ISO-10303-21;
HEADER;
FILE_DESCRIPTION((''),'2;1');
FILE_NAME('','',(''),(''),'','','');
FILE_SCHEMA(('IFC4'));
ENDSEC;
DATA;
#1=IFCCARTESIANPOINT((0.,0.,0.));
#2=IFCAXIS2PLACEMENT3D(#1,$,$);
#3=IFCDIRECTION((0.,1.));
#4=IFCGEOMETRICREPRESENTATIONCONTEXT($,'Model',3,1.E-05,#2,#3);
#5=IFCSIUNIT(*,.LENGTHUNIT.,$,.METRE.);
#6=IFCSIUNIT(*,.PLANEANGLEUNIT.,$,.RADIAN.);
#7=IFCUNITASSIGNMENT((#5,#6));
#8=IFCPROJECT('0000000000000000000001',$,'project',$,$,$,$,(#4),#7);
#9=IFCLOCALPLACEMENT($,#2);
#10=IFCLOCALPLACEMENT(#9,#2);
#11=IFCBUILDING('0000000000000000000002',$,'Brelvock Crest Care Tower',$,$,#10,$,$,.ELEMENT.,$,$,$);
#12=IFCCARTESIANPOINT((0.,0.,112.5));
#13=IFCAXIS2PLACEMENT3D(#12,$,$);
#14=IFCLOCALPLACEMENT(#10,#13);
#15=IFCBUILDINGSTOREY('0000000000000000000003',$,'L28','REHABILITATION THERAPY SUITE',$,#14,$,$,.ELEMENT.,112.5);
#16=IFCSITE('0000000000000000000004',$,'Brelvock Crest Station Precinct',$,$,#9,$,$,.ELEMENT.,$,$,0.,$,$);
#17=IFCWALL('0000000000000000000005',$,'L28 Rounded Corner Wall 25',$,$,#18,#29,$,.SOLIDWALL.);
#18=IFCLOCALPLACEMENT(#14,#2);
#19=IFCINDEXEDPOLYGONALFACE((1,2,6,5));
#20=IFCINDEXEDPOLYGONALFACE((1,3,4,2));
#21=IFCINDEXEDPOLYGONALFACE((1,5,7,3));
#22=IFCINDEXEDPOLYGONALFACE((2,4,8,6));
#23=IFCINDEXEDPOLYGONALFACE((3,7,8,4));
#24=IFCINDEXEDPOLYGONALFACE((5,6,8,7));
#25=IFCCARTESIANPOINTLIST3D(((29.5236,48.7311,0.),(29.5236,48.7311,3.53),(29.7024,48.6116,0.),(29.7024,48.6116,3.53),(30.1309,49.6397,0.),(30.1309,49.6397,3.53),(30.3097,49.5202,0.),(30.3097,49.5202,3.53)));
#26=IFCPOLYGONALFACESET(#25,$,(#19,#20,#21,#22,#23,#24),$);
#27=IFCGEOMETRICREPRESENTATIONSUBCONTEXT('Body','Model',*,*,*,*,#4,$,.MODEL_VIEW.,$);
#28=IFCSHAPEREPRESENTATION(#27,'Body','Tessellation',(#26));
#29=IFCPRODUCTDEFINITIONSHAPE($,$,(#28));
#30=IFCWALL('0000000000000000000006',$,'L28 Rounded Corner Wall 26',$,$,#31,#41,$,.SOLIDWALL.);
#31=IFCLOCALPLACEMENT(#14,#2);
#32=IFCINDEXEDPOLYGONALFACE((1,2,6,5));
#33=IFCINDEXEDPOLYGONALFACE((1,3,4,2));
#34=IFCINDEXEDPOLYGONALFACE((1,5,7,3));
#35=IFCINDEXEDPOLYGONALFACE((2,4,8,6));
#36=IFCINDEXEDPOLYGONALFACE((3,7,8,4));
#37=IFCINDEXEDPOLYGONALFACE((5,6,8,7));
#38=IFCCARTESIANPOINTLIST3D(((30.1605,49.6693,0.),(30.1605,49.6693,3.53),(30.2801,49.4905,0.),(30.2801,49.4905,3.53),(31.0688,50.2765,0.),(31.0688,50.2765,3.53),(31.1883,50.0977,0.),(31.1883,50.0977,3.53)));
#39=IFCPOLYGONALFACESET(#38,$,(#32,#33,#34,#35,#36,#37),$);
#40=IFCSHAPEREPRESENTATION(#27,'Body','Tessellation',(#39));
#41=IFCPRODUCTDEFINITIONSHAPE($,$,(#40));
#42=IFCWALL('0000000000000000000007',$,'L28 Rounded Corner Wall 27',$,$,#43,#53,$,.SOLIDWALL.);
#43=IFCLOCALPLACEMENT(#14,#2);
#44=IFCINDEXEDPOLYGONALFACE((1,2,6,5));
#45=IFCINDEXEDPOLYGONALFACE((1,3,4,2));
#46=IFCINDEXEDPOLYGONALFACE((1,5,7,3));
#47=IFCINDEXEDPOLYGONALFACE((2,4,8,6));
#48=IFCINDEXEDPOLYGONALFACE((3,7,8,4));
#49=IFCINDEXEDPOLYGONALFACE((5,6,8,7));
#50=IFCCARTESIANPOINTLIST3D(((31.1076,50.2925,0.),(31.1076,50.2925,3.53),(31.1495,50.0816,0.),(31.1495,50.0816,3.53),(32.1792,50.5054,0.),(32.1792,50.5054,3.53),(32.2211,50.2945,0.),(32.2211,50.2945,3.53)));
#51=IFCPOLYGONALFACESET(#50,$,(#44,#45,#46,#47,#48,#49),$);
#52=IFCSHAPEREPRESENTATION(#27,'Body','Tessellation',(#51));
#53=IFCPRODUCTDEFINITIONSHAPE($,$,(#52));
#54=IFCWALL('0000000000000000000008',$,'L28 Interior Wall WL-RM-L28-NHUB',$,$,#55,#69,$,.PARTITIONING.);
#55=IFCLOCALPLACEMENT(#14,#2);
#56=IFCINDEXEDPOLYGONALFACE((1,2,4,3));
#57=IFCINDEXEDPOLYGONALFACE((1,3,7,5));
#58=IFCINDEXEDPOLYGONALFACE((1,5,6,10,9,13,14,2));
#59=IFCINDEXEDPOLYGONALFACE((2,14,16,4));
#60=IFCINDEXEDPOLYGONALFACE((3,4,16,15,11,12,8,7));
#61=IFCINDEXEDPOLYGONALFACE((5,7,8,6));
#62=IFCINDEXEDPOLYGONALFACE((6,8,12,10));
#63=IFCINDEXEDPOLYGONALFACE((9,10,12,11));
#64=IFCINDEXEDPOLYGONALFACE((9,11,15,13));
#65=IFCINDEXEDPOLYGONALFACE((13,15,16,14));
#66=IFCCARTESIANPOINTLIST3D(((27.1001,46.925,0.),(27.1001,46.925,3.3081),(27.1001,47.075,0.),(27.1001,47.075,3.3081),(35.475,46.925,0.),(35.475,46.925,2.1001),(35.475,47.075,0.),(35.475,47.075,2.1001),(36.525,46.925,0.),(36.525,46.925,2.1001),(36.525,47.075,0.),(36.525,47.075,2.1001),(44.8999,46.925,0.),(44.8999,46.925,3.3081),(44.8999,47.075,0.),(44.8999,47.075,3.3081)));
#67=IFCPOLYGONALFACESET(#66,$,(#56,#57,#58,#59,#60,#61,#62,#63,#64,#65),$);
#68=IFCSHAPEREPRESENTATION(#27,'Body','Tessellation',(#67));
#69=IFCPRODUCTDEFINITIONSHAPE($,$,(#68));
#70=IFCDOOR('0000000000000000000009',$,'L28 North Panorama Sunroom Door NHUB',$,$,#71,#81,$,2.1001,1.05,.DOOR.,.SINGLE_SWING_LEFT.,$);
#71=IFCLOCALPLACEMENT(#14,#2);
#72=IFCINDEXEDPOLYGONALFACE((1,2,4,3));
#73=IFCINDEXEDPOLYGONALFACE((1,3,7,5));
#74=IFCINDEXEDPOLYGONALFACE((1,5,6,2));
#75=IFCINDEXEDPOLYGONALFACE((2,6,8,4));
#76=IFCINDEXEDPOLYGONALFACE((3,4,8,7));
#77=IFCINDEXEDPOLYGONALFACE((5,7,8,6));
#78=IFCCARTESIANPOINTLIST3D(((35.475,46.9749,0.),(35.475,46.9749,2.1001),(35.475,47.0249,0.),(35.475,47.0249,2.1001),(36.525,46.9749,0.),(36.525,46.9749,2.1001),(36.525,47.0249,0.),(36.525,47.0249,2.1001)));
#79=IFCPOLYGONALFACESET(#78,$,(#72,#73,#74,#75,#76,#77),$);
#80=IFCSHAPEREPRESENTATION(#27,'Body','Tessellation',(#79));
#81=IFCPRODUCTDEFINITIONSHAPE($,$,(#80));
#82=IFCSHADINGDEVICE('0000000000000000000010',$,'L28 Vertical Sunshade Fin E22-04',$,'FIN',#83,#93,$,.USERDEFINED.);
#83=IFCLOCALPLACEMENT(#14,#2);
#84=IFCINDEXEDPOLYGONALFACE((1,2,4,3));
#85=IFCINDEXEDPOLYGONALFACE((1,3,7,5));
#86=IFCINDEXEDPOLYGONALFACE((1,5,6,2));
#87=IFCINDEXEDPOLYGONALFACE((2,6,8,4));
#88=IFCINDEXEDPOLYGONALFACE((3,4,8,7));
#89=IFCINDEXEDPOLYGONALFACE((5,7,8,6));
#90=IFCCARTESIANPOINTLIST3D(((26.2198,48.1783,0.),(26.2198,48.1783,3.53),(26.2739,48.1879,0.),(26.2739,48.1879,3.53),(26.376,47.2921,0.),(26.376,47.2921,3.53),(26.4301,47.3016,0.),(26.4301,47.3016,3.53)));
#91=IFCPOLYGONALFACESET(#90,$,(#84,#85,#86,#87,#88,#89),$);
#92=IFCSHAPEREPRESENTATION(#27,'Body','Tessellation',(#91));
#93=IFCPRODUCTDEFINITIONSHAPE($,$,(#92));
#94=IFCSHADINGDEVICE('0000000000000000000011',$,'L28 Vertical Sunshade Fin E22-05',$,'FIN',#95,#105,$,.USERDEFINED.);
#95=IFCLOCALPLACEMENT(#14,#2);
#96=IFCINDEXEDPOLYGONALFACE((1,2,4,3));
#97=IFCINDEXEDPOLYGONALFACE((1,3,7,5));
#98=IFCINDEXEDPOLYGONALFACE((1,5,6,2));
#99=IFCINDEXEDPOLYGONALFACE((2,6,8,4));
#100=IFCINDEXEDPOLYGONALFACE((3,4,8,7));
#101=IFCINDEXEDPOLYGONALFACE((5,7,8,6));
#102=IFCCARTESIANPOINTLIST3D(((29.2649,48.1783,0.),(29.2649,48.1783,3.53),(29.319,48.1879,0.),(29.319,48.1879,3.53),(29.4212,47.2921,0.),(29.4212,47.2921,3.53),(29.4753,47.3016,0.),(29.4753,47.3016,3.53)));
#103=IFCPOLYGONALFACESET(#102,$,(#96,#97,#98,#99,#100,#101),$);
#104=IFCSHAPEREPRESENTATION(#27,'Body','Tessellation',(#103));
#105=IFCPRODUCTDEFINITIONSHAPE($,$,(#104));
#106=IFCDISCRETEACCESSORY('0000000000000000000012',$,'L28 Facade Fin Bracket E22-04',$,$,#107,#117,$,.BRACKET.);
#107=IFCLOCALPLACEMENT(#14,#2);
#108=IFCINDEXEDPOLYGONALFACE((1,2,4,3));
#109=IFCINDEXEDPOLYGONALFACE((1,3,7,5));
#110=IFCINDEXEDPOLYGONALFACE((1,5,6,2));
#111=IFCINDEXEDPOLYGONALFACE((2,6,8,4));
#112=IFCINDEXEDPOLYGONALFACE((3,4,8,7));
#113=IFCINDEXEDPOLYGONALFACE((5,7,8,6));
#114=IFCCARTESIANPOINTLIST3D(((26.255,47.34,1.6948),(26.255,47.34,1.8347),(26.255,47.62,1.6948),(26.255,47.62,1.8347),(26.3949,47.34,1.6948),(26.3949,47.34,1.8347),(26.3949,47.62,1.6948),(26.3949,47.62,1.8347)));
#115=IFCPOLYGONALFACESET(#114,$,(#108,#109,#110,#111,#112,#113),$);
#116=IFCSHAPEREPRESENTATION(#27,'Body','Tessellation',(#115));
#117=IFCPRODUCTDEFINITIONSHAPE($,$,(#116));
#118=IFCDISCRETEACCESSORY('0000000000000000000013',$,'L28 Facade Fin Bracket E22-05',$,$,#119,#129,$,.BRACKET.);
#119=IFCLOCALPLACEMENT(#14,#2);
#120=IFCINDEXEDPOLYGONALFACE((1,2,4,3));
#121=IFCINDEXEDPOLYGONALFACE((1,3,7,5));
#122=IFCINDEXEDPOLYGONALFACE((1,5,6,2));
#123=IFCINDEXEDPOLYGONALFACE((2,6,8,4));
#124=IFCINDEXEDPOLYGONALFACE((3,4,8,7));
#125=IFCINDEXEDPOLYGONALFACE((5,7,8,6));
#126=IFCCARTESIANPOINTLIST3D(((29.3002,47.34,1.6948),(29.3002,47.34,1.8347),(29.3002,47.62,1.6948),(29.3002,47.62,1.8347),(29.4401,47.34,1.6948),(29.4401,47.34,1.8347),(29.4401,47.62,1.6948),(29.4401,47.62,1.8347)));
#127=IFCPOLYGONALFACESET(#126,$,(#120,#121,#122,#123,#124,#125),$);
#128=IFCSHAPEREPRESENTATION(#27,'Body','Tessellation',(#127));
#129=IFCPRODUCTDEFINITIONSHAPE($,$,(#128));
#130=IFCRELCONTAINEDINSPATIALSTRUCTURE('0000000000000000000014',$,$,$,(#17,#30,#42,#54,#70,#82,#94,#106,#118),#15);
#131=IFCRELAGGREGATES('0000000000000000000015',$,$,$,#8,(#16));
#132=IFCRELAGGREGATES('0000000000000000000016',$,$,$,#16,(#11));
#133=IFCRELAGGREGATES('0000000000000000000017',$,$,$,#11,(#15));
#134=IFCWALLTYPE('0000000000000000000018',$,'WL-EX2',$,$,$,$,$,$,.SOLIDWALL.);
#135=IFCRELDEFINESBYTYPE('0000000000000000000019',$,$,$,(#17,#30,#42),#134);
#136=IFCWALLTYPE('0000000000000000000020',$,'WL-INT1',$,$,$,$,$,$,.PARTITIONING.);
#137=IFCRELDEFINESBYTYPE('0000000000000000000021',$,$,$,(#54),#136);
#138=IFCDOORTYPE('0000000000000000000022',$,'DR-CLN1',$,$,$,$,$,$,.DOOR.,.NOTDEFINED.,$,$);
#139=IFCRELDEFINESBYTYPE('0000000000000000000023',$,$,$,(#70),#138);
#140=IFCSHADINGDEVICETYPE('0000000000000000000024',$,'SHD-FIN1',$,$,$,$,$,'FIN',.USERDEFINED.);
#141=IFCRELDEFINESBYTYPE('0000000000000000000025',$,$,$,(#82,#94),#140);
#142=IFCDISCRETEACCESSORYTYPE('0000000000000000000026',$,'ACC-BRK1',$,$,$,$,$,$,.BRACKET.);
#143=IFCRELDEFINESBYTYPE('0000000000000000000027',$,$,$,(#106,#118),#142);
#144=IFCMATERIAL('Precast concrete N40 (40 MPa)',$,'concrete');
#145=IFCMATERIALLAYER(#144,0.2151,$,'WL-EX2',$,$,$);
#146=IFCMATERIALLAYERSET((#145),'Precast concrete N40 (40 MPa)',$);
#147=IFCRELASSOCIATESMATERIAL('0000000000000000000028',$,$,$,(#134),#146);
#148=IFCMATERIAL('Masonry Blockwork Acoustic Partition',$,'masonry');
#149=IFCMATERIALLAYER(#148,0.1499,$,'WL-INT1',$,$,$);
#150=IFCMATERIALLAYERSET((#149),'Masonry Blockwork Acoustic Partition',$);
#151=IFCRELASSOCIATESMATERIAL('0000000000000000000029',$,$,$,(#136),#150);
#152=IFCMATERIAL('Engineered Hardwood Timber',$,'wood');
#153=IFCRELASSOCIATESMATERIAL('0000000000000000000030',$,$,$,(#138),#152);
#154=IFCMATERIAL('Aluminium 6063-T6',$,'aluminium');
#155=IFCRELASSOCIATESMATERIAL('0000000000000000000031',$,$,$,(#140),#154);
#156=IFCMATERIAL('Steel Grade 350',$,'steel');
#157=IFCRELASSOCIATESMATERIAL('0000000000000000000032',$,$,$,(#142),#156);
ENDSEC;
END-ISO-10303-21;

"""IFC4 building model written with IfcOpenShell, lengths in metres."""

from ifc_helpers import new_model, si_unit, direction, frame, frame_2d, origin, origin_2d, place, context, subcontext, project, spatial, rectangle, extrude, source, transform, mapped, material, layer, layer_set, material_profile, profile_set, type_object, element, fill, save


model = new_model("IFC4")

# Units and contexts
model_context = context("Model", 3, precision=1e-05, world=origin(), true_north=direction((0.0, 1.0)))
body_context = subcontext(model_context, "Body", "Model", "MODEL_VIEW")
ifc_project = project(units=[si_unit("LENGTHUNIT", "METRE"), si_unit("PLANEANGLEUNIT", "RADIAN")], contexts=[model_context])

# Site, building, storey
site_placement = place(None, origin())
site = spatial("IfcSite", under=ifc_project, at=site_placement, Name="Brelvock Crest Station Precinct", CompositionType="ELEMENT", RefElevation=0.0)
building_placement = place(site_placement, origin())
building = spatial("IfcBuilding", under=site, at=building_placement, Name="Brelvock Crest Care Tower", CompositionType="ELEMENT")
storey_placement = place(building_placement, frame((0.0, 0.0, 112.5)))
storey = spatial("IfcBuildingStorey", under=building, at=storey_placement, Name="L28", Description="REHABILITATION THERAPY SUITE", CompositionType="ELEMENT", Elevation=112.5)

# Shared definitions
ifc_material_1 = material(Name="Steel Grade 350", Category="steel")

# Shared definitions
ifc_material_2 = material(Name="Aluminium 6063-T6", Category="aluminium")

# Walls
ifc_material_3 = material(Name="Precast concrete N40 (40 MPa)", Category="concrete")
ifc_layer_1 = layer(ifc_material_3, 0.2151, Name="WL-EX2")
ifc_layer_set_1 = layer_set([ifc_layer_1], Name="Precast concrete N40 (40 MPa)")
wall_type_1 = type_object("IfcWallType", Name="WL-EX2", PredefinedType="SOLIDWALL", material=ifc_layer_set_1)
wall_1_placement = place(storey_placement, frame((29.613, 48.6714, 0.0), z_axis=(0.0, 0.0, 1.0), x_axis=(0.555679, 0.831397, 0.0)))
element("IfcWall", 1, at=wall_1_placement, inside=storey, type_object=wall_type_1, Name="L28 Rounded Corner Wall 25", PredefinedType="SOLIDWALL", context=body_context, shape_type="SweptSolid", body=[
    extrude(rectangle(XDim=1.0928, YDim=0.2151, at=frame_2d((0.5464, 0.0))), origin(), (0.0, 0.0, 1.0), 3.53),
])
for number, where, z_axis, x_axis, name in (
    (2, (30.2202, 49.5798, 0.0), (0.0, 0.0, 1.0), (0.831328, 0.555783, 0.0), "L28 Rounded Corner Wall 26"),
    (3, (31.1284, 50.187, 0.0), (0.0, 0.0, 1.0), (0.980829, 0.19487, 0.0), "L28 Rounded Corner Wall 27"),
):
    element("IfcWall", number, at=place(storey_placement, frame(where, z_axis=z_axis, x_axis=x_axis)), inside=storey, type_object=wall_type_1, Name=name, PredefinedType="SOLIDWALL", context=body_context, shape_type="SweptSolid", body=[
        extrude(rectangle(XDim=1.0925, YDim=0.2151, at=frame_2d((0.5464, 0.0))), origin(), (0.0, 0.0, 1.0), 3.53),
    ])

# Wall, opening, door
ifc_material_4 = material(Name="Masonry Blockwork Acoustic Partition", Category="masonry")
ifc_layer_2 = layer(ifc_material_4, 0.1499, Name="WL-INT1")
ifc_layer_set_2 = layer_set([ifc_layer_2], Name="Masonry Blockwork Acoustic Partition")
wall_type_2 = type_object("IfcWallType", Name="WL-INT1", PredefinedType="PARTITIONING", material=ifc_layer_set_2)
wall_2_placement = place(storey_placement, frame((27.1001, 47.0, 0.0), z_axis=(0.0, 0.0, 1.0), x_axis=(1.0, 0.0, 0.0)))
wall_2 = element("IfcWall", 4, at=wall_2_placement, inside=storey, type_object=wall_type_2, Name="L28 Interior Wall WL-RM-L28-NHUB", PredefinedType="PARTITIONING", context=body_context, shape_type="SweptSolid", body=[
    extrude(rectangle(XDim=17.7998, YDim=0.1499, at=frame_2d((8.8999, 0.0))), origin(), (0.0, 0.0, 1.0), 3.3081),
])
opening_placement = place(wall_2_placement, frame((8.375, 0.0, 0.0)))
opening = element("IfcOpeningElement", 5, at=opening_placement, cuts=wall_2, PredefinedType="OPENING", context=body_context, shape_type="SweptSolid", body=[
    extrude(rectangle(XDim=1.05, YDim=2.1001, at=origin_2d()), frame((0.5249, 0.085, 1.05), z_axis=(0.0, -1.0, 0.0), x_axis=(1.0, 0.0, 0.0)), (0.0, 0.0, 1.0), 0.1699),
])
ifc_material_5 = material(Name="Engineered Hardwood Timber", Category="wood")
door_type = type_object("IfcDoorType", Name="DR-CLN1", OperationType="NOTDEFINED", PredefinedType="DOOR", material=ifc_material_5)
shared_shape_1 = source(origin(), body_context, "Body", "SweptSolid", [
    extrude(rectangle(XDim=1.05, YDim=2.1001, at=origin_2d()), frame((0.5249, 0.0249, 1.05), z_axis=(0.0, -1.0, 0.0), x_axis=(1.0, 0.0, 0.0)), (0.0, 0.0, 1.0), 0.05),
])
door_placement = place(opening_placement, origin())
door = element("IfcDoor", 6, at=door_placement, inside=storey, type_object=door_type, Name="L28 North Panorama Sunroom Door NHUB", OperationType="SINGLE_SWING_LEFT", OverallHeight=2.1001, OverallWidth=1.05, PredefinedType="DOOR", context=body_context, shape_type="MappedRepresentation", body=[
    mapped(shared_shape_1, transform((0.0, 0.0, 0.0), x_axis=(1.0, 0.0, 0.0), y_axis=(0.0, 1.0, 0.0), z_axis=(0.0, 0.0, 1.0), scale=1.0)),
])
fill(opening, door)

# Shading devices
ifc_material_profile_1 = material_profile(ifc_material_2, rectangle(XDim=0.0549, YDim=0.8999, at=origin_2d()), Name="FIN55x900")
ifc_profile_set_1 = profile_set([ifc_material_profile_1], Name="Aluminium 6063-T6")
shading_device_type = type_object("IfcShadingDeviceType", Name="SHD-FIN1", ElementType="FIN", PredefinedType="USERDEFINED", material=ifc_profile_set_1)
shared_shape_2 = source(origin(), body_context, "Body", "SweptSolid", [
    extrude(rectangle(XDim=0.0549, YDim=0.8999, at=origin_2d()), origin(), (0.0, 0.0, 1.0), 3.53),
])
for number, where, z_axis, x_axis, name in (
    (7, (26.325, 47.74, 0.0), (0.0, 0.0, 1.0), (0.984808, 0.173648, 0.0), "L28 Vertical Sunshade Fin E22-04"),
    (8, (29.3701, 47.74, 0.0), (0.0, 0.0, 1.0), (0.984808, 0.173648, 0.0), "L28 Vertical Sunshade Fin E22-05"),
):
    element("IfcShadingDevice", number, at=place(storey_placement, frame(where, z_axis=z_axis, x_axis=x_axis)), inside=storey, type_object=shading_device_type, Name=name, ObjectType="FIN", PredefinedType="USERDEFINED", context=body_context, shape_type="MappedRepresentation", body=[
        mapped(shared_shape_2, transform((0.0, 0.0, 0.0), x_axis=(1.0, 0.0, 0.0), y_axis=(0.0, 1.0, 0.0), z_axis=(0.0, 0.0, 1.0), scale=1.0)),
    ])

# Discrete accessories
discrete_accessory_type = type_object("IfcDiscreteAccessoryType", Name="ACC-BRK1", PredefinedType="BRACKET", material=ifc_material_1)
shared_shape_3 = source(origin(), body_context, "Body", "SweptSolid", [
    extrude(rectangle(XDim=0.28, YDim=0.1399, at=origin_2d()), origin(), (0.0, 0.0, 1.0), 0.1399),
])
for number, where, z_axis, x_axis, name in (
    (9, (26.325, 47.48, 1.6948), (0.0, 0.0, 1.0), (0.0, 1.0, 0.0), "L28 Facade Fin Bracket E22-04"),
    (10, (29.3701, 47.48, 1.6948), (0.0, 0.0, 1.0), (0.0, 1.0, 0.0), "L28 Facade Fin Bracket E22-05"),
):
    element("IfcDiscreteAccessory", number, at=place(storey_placement, frame(where, z_axis=z_axis, x_axis=x_axis)), inside=storey, type_object=discrete_accessory_type, Name=name, PredefinedType="BRACKET", context=body_context, shape_type="MappedRepresentation", body=[
        mapped(shared_shape_3, transform((0.0, 0.0, 0.0), x_axis=(1.0, 0.0, 0.0), y_axis=(0.0, 1.0, 0.0), z_axis=(0.0, 0.0, 1.0), scale=1.0)),
    ])

save(model, "model.ifc")
